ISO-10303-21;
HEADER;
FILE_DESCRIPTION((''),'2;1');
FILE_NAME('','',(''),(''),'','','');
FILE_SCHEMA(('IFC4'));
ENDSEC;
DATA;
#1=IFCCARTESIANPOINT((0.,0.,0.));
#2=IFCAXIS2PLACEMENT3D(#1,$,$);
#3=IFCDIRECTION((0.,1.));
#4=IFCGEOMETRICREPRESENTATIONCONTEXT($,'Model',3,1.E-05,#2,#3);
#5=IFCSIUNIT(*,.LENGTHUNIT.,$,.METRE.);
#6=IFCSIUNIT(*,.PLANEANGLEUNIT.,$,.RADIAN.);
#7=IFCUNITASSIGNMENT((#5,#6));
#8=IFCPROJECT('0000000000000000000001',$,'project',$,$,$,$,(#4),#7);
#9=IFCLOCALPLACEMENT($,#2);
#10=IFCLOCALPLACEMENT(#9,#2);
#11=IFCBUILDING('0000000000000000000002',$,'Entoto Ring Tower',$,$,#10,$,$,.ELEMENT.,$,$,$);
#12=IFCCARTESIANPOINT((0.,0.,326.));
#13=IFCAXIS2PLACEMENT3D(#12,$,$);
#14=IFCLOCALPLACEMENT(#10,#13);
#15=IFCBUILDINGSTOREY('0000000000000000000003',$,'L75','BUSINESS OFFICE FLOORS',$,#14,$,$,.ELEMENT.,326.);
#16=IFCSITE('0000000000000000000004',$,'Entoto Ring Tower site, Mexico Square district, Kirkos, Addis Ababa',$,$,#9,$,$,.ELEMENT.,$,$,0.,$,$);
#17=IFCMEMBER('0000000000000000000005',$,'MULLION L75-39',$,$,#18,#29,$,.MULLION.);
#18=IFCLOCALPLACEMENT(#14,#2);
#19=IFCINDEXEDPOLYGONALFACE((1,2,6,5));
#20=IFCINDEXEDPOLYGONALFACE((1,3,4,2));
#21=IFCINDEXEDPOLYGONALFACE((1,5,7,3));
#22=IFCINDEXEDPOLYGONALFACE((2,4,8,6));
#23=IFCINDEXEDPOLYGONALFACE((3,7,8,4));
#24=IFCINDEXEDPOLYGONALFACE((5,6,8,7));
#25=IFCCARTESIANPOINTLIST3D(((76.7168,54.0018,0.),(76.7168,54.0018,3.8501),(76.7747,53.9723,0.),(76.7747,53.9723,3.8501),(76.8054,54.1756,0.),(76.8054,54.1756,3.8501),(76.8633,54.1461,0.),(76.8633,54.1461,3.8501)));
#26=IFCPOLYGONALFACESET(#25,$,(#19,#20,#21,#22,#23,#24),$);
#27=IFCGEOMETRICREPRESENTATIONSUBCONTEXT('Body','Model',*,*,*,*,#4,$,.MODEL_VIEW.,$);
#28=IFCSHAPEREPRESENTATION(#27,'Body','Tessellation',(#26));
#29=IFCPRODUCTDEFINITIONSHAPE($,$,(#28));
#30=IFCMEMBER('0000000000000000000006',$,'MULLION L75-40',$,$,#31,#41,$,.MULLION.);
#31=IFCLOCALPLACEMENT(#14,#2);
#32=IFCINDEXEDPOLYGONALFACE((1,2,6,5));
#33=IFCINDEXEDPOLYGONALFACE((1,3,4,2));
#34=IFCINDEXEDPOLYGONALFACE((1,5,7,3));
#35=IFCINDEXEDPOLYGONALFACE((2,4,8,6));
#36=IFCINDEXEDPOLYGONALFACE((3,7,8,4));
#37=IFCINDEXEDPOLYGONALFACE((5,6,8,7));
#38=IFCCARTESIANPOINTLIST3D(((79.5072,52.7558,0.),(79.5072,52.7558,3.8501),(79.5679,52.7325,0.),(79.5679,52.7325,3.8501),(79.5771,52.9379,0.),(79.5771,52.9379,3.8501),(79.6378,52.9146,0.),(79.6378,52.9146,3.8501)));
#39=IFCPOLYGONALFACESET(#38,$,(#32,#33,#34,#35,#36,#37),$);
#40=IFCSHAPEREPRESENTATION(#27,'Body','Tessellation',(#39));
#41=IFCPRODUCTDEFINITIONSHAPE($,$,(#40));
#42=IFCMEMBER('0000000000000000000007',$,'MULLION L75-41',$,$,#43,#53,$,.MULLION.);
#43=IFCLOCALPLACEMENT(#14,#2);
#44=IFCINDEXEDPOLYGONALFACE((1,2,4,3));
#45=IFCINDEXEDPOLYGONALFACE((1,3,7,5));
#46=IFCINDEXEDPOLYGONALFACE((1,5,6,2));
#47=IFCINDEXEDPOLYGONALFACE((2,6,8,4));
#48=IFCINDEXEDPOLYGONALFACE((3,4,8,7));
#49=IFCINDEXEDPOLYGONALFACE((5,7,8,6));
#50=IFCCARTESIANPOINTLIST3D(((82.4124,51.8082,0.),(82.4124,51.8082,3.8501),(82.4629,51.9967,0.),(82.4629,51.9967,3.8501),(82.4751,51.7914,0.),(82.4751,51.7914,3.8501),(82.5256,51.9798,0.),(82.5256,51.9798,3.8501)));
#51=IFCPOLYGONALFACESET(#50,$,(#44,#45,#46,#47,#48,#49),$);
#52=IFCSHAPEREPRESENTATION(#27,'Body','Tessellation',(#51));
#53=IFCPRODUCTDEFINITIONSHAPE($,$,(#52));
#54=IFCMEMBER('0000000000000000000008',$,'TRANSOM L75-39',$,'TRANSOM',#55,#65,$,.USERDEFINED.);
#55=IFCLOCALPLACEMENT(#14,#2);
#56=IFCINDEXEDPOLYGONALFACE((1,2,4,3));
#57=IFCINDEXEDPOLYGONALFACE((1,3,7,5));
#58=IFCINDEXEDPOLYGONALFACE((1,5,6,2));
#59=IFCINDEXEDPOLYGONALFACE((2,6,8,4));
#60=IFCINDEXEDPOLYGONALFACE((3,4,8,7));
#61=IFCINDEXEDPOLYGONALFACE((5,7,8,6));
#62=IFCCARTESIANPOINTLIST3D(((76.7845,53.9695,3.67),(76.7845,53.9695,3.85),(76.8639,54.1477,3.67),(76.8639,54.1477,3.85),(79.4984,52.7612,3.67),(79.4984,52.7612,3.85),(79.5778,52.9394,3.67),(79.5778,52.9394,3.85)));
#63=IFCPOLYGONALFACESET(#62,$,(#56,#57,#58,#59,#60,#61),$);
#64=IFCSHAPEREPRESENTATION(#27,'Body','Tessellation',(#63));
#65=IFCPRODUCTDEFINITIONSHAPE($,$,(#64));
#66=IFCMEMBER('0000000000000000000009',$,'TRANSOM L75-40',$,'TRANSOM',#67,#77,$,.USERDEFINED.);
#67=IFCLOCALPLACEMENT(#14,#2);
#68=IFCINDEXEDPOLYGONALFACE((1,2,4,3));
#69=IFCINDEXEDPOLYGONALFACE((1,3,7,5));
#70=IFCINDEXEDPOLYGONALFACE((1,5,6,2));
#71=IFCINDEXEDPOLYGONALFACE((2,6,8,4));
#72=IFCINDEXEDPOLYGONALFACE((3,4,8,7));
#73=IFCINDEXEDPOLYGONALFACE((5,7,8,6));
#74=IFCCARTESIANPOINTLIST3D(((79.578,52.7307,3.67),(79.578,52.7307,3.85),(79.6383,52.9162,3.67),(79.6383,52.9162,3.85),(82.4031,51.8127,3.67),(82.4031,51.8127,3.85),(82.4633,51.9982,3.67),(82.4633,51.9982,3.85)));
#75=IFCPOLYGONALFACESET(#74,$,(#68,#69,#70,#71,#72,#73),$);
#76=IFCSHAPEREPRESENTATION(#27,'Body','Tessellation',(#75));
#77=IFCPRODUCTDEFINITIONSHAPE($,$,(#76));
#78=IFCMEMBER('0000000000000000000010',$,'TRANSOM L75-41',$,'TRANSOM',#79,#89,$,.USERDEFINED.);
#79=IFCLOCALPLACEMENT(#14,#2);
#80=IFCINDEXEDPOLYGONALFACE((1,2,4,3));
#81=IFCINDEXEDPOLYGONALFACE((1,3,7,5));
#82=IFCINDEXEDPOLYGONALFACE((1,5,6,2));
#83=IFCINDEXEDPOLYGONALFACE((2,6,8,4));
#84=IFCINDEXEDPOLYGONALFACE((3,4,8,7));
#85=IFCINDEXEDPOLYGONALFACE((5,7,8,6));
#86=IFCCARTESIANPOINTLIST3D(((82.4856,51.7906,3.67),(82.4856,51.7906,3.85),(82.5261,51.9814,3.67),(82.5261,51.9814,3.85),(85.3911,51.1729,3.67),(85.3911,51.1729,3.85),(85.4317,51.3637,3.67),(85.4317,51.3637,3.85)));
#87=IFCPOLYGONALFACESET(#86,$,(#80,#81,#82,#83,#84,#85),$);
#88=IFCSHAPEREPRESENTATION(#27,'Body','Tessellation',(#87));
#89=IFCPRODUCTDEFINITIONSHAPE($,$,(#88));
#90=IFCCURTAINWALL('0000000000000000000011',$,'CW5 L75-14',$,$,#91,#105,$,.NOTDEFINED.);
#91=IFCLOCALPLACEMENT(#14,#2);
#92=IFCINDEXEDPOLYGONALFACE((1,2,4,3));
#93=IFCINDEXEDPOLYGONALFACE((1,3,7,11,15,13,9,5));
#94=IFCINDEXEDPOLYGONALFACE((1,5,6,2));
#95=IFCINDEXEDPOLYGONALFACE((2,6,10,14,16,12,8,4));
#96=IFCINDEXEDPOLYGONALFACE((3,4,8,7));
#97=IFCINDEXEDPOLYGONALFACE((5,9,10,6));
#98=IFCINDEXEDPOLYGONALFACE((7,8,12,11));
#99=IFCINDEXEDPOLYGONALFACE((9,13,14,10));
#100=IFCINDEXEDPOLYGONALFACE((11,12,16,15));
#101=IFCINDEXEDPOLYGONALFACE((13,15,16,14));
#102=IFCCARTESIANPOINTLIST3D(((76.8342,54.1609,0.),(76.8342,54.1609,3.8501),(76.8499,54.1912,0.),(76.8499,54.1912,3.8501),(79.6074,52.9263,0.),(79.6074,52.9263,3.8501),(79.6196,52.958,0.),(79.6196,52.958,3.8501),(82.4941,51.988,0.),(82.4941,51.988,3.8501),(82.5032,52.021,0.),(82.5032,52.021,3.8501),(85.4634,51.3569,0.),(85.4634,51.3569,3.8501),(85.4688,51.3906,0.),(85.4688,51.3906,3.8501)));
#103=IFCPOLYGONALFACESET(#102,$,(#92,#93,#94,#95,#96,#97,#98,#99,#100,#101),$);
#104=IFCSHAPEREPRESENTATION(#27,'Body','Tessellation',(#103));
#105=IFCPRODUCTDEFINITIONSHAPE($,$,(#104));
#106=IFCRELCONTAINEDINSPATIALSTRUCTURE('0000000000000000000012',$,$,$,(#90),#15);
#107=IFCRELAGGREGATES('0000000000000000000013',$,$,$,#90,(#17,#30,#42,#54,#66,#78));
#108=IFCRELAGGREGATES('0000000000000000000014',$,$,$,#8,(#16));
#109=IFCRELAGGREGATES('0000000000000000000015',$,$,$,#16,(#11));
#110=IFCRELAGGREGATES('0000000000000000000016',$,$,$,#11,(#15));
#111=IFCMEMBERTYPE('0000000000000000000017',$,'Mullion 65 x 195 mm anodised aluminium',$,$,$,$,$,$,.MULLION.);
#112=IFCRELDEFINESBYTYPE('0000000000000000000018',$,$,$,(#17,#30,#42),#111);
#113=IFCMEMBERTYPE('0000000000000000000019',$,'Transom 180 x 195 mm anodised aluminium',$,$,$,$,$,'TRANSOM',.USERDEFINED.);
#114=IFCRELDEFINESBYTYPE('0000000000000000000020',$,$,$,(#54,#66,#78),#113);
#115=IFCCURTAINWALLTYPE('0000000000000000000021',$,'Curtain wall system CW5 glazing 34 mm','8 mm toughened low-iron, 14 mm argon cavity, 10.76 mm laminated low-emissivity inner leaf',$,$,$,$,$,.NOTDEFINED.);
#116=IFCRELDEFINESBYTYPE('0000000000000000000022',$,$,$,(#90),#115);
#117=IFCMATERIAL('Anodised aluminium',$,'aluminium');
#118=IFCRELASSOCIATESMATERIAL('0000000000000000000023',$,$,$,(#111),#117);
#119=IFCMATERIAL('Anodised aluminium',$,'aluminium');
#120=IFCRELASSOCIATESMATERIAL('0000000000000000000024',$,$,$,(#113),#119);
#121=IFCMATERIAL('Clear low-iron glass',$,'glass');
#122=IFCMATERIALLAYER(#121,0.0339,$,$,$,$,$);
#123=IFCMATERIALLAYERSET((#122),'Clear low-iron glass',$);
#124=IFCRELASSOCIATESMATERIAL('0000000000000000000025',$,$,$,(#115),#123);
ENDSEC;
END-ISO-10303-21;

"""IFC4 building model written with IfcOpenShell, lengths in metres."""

from ifc_helpers import new_model, si_unit, direction, frame, origin, origin_2d, place, context, subcontext, project, spatial, polyline, rectangle, outline, extrude, material, layer, layer_set, material_profile, profile_set, type_object, element, aggregate, save


model = new_model("IFC4")

# Units and contexts
model_context = context("Model", 3, precision=1e-05, world=origin(), true_north=direction((0.0, 1.0)))
body_context = subcontext(model_context, "Body", "Model", "MODEL_VIEW")
ifc_project = project(units=[si_unit("LENGTHUNIT", "METRE"), si_unit("PLANEANGLEUNIT", "RADIAN")], contexts=[model_context])

# Members
ifc_material_1 = material(Name="Anodised aluminium", Category="aluminium")
ifc_material_profile_1 = material_profile(ifc_material_1, rectangle(XDim=0.0649, YDim=0.1951, at=origin_2d()), Name="Mullion 65 x 195 mm anodised aluminium")
ifc_profile_set_1 = profile_set([ifc_material_profile_1], Name="Anodised aluminium")
member_type_1 = type_object("IfcMemberType", Name="Mullion 65 x 195 mm anodised aluminium", PredefinedType="MULLION", material=ifc_profile_set_1)
site_placement = place(None, origin())
building_placement = place(site_placement, origin())
storey_placement = place(building_placement, frame((0.0, 0.0, 326.0)))
member_1_placement = place(storey_placement, frame((76.79, 54.074, 0.0), z_axis=(0.0, 0.0, 1.0), x_axis=(0.891007, -0.45399, 0.0)))
member_1 = element("IfcMember", 1, at=member_1_placement, type_object=member_type_1, Name="MULLION L75-39", PredefinedType="MULLION", context=body_context, shape_type="SweptSolid", body=[
    extrude(rectangle(XDim=0.0649, YDim=0.1951, at=origin_2d()), origin(), (0.0, 0.0, 1.0), 3.8501),
])
member_2_placement = place(storey_placement, frame((79.5725, 52.8352, 0.0), z_axis=(0.0, 0.0, 1.0), x_axis=(0.93358, -0.358368, 0.0)))
member_2 = element("IfcMember", 2, at=member_2_placement, type_object=member_type_1, Name="MULLION L75-40", PredefinedType="MULLION", context=body_context, shape_type="SweptSolid", body=[
    extrude(rectangle(XDim=0.0649, YDim=0.1951, at=origin_2d()), origin(), (0.0, 0.0, 1.0), 3.8501),
])
member_3_placement = place(storey_placement, frame((82.469, 51.894, 0.0), z_axis=(0.0, 0.0, 1.0), x_axis=(0.965926, -0.258819, 0.0)))
member_3 = element("IfcMember", 3, at=member_3_placement, type_object=member_type_1, Name="MULLION L75-41", PredefinedType="MULLION", context=body_context, shape_type="SweptSolid", body=[
    extrude(rectangle(XDim=0.0649, YDim=0.1951, at=origin_2d()), origin(), (0.0, 0.0, 1.0), 3.8501),
])
ifc_material_2 = material(Name="Anodised aluminium", Category="aluminium")
ifc_material_profile_2 = material_profile(ifc_material_2, rectangle(XDim=0.1951, YDim=0.1799, at=origin_2d()), Name="Transom 180 x 195 mm anodised aluminium")
ifc_profile_set_2 = profile_set([ifc_material_profile_2], Name="Anodised aluminium")
member_type_2 = type_object("IfcMemberType", Name="Transom 180 x 195 mm anodised aluminium", ElementType="TRANSOM", PredefinedType="USERDEFINED", material=ifc_profile_set_2)
member_4_placement = place(storey_placement, frame((76.8242, 54.0586, 3.76), z_axis=(0.91355, -0.406726, 0.0), x_axis=(0.406726, 0.91355, 0.0)))
member_4 = element("IfcMember", 4, at=member_4_placement, type_object=member_type_2, Name="TRANSOM L75-39", ObjectType="TRANSOM", PredefinedType="USERDEFINED", context=body_context, shape_type="SweptSolid", body=[
    extrude(rectangle(XDim=0.1951, YDim=0.1799, at=origin_2d()), origin(), (0.0, 0.0, 1.0), 2.9707),
])
member_5_placement = place(storey_placement, frame((79.6082, 52.8235, 3.76), z_axis=(0.951048, -0.309043, 0.0), x_axis=(0.309043, 0.951048, 0.0)))
member_5 = element("IfcMember", 5, at=member_5_placement, type_object=member_type_2, Name="TRANSOM L75-40", ObjectType="TRANSOM", PredefinedType="USERDEFINED", context=body_context, shape_type="SweptSolid", body=[
    extrude(rectangle(XDim=0.1951, YDim=0.1799, at=origin_2d()), origin(), (0.0, 0.0, 1.0), 2.9705),
])
member_6_placement = place(storey_placement, frame((82.5059, 51.886, 3.76), z_axis=(0.978142, -0.20794, 0.0), x_axis=(0.20794, 0.978142, 0.0)))
member_6 = element("IfcMember", 6, at=member_6_placement, type_object=member_type_2, Name="TRANSOM L75-41", ObjectType="TRANSOM", PredefinedType="USERDEFINED", context=body_context, shape_type="SweptSolid", body=[
    extrude(rectangle(XDim=0.1951, YDim=0.1799, at=origin_2d()), origin(), (0.0, 0.0, 1.0), 2.9705),
])

# Site, building, storey
site = spatial("IfcSite", under=ifc_project, at=site_placement, Name="Entoto Ring Tower site, Mexico Square district, Kirkos, Addis Ababa", CompositionType="ELEMENT", RefElevation=0.0)
building = spatial("IfcBuilding", under=site, at=building_placement, Name="Entoto Ring Tower", CompositionType="ELEMENT")
storey = spatial("IfcBuildingStorey", under=building, at=storey_placement, Name="L75", Description="BUSINESS OFFICE FLOORS", CompositionType="ELEMENT", Elevation=326.0)

# Curtain wall
ifc_material_3 = material(Name="Clear low-iron glass", Category="glass")
ifc_layer = layer(ifc_material_3, 0.0339)
ifc_layer_set = layer_set([ifc_layer], Name="Clear low-iron glass")
curtain_wall_type = type_object("IfcCurtainWallType", Name="Curtain wall system CW5 glazing 34 mm", Description="8 mm toughened low-iron, 14 mm argon cavity, 10.76 mm laminated low-emissivity inner leaf", PredefinedType="NOTDEFINED", material=ifc_layer_set)
curtain_wall_1_placement = place(storey_placement, origin())
curtain_wall_1 = element("IfcCurtainWall", 7, at=curtain_wall_1_placement, inside=storey, type_object=curtain_wall_type, Name="CW5 L75-14", PredefinedType="NOTDEFINED", context=body_context, shape_type="SweptSolid", body=[
    extrude(outline(polyline([(76.8342, 54.1609), (79.6074, 52.9263), (82.4941, 51.988), (85.4634, 51.3569), (85.4688, 51.3906), (82.5032, 52.021), (79.6196, 52.958), (76.8499, 54.1912), (76.8342, 54.1609)])), origin(), (0.0, 0.0, 1.0), 3.8501),
])
aggregate(curtain_wall_1, [member_1, member_2, member_3, member_4, member_5, member_6])

save(model, "model.ifc")
